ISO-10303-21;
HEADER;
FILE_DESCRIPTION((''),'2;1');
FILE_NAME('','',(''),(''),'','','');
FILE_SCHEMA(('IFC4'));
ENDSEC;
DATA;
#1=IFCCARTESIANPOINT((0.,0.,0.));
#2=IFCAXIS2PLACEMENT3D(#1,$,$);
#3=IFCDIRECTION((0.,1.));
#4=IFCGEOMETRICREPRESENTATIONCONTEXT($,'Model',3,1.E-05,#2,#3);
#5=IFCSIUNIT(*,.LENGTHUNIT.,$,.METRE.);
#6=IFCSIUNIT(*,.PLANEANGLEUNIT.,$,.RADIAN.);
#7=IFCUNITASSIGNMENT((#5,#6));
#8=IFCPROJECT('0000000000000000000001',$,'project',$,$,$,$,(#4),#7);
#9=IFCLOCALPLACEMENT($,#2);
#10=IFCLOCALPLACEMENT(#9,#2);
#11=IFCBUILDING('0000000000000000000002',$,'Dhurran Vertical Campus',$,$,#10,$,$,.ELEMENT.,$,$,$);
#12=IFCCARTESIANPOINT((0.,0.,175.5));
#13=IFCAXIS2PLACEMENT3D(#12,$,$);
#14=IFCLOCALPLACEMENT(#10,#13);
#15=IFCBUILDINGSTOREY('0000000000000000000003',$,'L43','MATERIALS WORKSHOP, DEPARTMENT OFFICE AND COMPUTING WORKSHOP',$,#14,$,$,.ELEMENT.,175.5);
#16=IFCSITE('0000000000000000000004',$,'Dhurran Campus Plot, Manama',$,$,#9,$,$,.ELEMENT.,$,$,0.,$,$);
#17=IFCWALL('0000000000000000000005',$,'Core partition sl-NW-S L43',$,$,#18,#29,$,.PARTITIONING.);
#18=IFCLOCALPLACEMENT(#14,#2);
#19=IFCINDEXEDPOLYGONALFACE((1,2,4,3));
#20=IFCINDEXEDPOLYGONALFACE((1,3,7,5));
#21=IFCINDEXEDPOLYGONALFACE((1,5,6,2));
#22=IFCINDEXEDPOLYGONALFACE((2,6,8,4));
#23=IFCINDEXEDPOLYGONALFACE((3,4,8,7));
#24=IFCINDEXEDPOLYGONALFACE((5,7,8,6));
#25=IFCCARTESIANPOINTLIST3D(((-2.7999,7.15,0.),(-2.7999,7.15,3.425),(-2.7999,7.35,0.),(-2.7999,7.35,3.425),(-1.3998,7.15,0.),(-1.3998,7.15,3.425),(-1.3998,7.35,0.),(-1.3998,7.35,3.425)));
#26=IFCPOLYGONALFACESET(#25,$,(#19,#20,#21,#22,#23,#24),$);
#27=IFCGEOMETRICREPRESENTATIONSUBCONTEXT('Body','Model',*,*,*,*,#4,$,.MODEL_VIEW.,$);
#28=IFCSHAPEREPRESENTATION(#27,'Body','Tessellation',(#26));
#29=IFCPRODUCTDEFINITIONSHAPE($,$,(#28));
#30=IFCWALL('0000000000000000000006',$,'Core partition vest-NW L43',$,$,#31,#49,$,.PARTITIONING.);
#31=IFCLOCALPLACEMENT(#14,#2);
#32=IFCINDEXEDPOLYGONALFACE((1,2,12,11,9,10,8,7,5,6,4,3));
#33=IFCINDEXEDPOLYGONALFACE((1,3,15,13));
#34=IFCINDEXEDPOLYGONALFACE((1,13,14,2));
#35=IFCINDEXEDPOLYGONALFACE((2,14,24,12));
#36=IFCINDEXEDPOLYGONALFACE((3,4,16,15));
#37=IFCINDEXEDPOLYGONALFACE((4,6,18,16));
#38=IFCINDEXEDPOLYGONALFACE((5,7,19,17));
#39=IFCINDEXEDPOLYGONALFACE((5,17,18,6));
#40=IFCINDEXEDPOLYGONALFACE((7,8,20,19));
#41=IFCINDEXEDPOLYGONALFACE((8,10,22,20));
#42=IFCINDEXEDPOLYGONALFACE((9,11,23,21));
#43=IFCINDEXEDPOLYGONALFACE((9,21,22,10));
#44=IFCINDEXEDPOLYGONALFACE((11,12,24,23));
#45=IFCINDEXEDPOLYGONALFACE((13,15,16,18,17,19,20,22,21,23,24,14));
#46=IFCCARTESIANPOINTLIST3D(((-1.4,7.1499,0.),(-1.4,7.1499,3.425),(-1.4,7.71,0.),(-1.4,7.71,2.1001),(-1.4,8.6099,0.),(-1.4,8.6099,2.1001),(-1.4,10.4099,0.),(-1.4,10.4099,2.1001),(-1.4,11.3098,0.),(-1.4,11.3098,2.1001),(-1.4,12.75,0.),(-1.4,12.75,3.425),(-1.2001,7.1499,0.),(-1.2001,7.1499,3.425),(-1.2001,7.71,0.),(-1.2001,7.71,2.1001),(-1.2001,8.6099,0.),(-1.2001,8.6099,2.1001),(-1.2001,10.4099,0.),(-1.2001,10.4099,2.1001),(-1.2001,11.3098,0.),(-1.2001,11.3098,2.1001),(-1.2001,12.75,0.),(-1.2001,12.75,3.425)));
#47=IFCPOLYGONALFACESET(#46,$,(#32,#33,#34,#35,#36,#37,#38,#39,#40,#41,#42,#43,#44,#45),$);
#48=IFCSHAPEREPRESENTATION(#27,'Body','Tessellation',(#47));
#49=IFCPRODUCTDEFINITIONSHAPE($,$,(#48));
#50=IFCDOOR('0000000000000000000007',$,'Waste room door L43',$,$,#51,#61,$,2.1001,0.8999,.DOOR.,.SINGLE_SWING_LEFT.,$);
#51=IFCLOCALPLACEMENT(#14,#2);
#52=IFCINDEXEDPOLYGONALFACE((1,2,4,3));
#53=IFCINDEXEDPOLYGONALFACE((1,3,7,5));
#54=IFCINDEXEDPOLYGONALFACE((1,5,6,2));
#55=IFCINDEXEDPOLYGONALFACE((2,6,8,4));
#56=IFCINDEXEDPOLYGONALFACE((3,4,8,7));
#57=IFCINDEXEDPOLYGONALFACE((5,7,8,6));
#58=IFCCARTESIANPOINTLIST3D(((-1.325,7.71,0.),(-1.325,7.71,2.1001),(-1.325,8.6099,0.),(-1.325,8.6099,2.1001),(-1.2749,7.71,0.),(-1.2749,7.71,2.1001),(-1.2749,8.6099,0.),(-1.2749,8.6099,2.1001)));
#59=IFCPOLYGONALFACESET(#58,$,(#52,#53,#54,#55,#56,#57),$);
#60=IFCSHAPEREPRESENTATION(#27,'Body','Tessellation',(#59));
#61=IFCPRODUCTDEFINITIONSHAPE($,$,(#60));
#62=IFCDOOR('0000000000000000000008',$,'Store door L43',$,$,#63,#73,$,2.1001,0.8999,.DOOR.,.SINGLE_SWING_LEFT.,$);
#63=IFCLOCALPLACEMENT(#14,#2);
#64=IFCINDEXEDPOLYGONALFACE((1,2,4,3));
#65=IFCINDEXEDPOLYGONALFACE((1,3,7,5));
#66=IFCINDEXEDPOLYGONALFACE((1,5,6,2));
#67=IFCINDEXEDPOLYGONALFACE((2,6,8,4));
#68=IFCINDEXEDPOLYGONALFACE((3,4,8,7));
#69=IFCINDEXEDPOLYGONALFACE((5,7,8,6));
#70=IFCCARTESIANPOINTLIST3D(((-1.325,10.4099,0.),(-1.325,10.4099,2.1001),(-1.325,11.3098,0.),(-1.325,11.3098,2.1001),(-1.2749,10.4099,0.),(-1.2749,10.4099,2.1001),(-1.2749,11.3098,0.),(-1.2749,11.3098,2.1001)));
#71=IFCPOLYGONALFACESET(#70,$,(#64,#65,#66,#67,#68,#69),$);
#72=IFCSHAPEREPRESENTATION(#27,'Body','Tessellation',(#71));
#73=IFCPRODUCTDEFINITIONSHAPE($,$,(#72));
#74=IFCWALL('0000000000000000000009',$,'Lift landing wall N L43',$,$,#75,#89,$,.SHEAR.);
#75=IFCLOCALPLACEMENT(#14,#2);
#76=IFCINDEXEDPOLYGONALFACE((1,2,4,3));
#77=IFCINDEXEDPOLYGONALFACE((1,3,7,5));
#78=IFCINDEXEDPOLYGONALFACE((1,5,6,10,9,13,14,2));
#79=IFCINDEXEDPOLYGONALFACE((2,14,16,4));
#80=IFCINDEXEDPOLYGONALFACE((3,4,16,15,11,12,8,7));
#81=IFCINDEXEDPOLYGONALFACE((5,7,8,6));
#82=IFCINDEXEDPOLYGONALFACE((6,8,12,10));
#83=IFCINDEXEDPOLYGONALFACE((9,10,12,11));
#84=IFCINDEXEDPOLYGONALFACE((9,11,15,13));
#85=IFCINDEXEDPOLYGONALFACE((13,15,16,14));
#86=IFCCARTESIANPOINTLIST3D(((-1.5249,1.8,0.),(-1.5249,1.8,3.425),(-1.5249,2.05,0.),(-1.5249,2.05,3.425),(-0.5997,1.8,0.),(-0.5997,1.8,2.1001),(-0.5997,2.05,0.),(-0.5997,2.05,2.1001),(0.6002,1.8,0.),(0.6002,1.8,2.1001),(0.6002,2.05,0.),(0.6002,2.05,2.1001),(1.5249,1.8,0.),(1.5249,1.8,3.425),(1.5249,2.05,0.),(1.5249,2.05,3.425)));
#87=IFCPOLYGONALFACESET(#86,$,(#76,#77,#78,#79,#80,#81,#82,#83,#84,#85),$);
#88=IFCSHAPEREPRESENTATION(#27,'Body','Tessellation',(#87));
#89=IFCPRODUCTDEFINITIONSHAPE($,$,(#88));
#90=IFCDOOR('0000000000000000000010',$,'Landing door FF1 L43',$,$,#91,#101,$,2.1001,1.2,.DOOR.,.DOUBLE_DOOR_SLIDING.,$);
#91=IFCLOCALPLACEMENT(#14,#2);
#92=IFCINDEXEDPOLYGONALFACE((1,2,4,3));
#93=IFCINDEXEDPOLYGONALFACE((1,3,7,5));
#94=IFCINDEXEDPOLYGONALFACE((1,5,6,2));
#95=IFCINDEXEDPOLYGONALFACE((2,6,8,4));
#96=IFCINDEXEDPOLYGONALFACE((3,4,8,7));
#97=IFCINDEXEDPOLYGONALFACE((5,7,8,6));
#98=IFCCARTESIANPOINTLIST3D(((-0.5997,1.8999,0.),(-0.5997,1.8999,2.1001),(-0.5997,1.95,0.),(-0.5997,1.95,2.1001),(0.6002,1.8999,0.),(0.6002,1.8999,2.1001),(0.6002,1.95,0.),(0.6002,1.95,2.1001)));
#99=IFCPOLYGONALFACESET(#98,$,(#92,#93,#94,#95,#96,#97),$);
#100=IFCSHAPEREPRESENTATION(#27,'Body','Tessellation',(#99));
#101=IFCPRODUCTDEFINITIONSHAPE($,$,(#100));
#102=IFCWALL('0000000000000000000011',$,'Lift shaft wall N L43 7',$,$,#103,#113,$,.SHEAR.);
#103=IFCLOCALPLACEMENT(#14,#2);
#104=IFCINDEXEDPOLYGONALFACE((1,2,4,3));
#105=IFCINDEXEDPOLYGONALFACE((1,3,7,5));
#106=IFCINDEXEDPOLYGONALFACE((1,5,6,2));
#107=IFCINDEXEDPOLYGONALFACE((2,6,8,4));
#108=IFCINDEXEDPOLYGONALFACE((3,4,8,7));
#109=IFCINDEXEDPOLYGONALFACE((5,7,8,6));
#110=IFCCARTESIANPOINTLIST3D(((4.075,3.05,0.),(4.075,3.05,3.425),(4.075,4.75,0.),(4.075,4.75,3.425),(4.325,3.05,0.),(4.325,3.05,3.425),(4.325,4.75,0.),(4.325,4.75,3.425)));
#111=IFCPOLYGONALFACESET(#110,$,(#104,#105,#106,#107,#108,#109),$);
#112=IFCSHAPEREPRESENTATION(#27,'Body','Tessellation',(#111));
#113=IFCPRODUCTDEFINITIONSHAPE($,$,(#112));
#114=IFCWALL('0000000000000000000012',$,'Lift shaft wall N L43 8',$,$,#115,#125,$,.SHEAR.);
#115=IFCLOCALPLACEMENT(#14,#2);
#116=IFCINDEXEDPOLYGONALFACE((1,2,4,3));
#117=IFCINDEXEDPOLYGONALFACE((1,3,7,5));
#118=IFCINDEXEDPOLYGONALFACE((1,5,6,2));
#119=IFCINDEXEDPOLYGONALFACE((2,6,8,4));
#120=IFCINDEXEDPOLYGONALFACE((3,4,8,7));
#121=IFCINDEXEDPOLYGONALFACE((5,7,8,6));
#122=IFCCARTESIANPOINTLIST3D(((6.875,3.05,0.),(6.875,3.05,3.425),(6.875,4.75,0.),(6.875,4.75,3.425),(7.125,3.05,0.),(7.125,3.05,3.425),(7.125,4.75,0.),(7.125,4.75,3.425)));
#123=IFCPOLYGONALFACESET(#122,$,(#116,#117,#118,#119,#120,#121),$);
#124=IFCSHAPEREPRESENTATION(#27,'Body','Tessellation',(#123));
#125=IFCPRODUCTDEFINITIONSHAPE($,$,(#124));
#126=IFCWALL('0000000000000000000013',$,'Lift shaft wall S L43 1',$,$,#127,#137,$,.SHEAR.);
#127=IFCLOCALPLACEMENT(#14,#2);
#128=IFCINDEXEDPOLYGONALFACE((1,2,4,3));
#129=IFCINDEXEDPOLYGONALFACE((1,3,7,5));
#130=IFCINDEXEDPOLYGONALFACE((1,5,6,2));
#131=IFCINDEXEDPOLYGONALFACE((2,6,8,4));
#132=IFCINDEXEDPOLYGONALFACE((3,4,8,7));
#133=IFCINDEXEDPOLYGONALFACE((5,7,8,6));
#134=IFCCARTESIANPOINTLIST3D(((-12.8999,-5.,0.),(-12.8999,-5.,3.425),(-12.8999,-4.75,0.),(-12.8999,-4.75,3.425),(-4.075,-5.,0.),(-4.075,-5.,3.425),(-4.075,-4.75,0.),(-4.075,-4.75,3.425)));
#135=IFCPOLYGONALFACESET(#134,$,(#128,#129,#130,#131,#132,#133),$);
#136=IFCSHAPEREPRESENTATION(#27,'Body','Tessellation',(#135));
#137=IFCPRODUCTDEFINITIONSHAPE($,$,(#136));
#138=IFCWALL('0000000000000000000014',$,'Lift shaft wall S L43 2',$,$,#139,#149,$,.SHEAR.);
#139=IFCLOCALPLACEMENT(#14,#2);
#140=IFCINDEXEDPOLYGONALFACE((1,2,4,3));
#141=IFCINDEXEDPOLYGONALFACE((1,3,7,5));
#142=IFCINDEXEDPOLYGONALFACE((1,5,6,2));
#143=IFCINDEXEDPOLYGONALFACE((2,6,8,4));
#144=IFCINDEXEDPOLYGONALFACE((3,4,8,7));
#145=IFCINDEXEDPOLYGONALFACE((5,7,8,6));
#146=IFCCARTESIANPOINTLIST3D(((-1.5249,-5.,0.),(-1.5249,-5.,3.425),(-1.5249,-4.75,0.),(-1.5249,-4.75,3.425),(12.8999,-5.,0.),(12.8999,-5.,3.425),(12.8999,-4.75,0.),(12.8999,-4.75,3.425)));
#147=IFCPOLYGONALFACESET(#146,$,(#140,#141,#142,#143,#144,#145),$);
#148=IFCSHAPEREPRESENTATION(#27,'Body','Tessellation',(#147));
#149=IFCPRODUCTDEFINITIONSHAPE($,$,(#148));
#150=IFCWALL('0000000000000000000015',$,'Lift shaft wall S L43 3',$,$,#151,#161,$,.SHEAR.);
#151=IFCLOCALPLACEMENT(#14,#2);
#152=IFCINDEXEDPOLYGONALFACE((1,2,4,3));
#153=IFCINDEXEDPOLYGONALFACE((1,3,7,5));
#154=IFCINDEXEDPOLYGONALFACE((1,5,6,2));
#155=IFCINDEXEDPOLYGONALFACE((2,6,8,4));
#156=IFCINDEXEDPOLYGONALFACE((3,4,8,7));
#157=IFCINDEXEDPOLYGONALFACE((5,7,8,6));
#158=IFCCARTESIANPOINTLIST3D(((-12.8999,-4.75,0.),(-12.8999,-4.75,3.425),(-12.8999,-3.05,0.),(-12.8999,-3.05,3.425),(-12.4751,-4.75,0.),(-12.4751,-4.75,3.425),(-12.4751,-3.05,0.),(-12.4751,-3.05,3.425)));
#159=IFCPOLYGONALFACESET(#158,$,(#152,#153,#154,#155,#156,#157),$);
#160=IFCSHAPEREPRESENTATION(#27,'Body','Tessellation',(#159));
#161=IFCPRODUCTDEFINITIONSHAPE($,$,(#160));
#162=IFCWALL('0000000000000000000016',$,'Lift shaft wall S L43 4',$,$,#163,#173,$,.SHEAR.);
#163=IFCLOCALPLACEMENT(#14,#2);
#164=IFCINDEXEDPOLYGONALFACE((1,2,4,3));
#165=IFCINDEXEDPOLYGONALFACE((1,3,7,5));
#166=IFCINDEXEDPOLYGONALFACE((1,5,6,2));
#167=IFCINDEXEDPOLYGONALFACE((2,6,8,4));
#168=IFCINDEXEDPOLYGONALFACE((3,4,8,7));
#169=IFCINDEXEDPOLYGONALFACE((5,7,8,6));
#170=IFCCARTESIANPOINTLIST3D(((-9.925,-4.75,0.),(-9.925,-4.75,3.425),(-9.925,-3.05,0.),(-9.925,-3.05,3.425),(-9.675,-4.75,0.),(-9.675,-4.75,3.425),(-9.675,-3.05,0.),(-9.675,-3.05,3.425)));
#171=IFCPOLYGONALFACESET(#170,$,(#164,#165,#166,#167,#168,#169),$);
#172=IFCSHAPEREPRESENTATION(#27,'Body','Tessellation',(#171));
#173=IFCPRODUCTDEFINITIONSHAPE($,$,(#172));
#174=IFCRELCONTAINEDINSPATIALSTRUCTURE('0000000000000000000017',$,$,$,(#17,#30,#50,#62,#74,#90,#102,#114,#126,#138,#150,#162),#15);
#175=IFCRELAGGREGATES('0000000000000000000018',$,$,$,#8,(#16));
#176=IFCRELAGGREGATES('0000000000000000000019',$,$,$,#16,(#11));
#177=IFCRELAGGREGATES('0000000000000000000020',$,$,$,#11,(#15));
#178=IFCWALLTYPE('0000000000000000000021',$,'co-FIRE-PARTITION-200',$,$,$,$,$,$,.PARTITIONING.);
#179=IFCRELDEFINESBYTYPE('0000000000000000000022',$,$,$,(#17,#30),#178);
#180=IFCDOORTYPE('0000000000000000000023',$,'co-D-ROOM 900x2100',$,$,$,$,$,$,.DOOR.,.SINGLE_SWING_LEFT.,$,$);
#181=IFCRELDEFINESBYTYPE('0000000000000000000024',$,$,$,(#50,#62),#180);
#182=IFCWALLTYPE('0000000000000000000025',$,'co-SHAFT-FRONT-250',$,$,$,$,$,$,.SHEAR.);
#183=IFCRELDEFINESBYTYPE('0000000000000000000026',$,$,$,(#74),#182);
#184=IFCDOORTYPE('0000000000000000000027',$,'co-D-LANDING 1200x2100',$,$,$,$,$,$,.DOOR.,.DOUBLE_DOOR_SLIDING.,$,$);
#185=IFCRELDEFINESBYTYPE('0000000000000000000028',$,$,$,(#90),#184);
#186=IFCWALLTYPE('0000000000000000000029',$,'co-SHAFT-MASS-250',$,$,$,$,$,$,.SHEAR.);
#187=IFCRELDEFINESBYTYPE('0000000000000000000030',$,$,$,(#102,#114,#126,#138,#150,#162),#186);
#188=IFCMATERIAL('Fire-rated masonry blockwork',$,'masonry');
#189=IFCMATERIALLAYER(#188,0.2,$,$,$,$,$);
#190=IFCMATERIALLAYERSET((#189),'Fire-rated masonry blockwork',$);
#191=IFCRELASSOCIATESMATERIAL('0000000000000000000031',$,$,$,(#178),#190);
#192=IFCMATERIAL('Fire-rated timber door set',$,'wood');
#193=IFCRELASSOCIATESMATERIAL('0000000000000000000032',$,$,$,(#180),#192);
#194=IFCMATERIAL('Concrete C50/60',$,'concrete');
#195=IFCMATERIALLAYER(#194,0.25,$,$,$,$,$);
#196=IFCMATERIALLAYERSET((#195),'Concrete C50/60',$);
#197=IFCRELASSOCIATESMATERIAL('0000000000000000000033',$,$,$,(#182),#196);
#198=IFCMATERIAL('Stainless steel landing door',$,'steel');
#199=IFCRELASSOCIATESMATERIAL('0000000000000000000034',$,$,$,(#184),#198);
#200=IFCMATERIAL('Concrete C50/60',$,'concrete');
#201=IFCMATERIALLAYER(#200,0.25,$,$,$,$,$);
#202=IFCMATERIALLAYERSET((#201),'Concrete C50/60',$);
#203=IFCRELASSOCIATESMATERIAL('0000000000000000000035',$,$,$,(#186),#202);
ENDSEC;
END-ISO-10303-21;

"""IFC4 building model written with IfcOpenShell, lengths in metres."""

from ifc_helpers import new_model, si_unit, direction, frame, frame_2d, origin, place, context, subcontext, project, spatial, polyline, rectangle, outline, extrude, material, layer, layer_set, type_object, element, fill, save


model = new_model("IFC4")

# Units and contexts
model_context = context("Model", 3, precision=1e-05, world=origin(), true_north=direction((0.0, 1.0)))
body_context = subcontext(model_context, "Body", "Model", "MODEL_VIEW")
ifc_project = project(units=[si_unit("LENGTHUNIT", "METRE"), si_unit("PLANEANGLEUNIT", "RADIAN")], contexts=[model_context])

# Site, building, storey
site_placement = place(None, origin())
site = spatial("IfcSite", under=ifc_project, at=site_placement, Name="Dhurran Campus Plot, Manama", CompositionType="ELEMENT", RefElevation=0.0)
building_placement = place(site_placement, origin())
building = spatial("IfcBuilding", under=site, at=building_placement, Name="Dhurran Vertical Campus", CompositionType="ELEMENT")
storey_placement = place(building_placement, frame((0.0, 0.0, 175.5)))
storey = spatial("IfcBuildingStorey", under=building, at=storey_placement, Name="L43", Description="MATERIALS WORKSHOP, DEPARTMENT OFFICE AND COMPUTING WORKSHOP", CompositionType="ELEMENT", Elevation=175.5)

# Wall
ifc_material_1 = material(Name="Fire-rated masonry blockwork", Category="masonry")
ifc_layer_1 = layer(ifc_material_1, 0.2)
ifc_layer_set_1 = layer_set([ifc_layer_1], Name="Fire-rated masonry blockwork")
wall_type_1 = type_object("IfcWallType", Name="co-FIRE-PARTITION-200", PredefinedType="PARTITIONING", material=ifc_layer_set_1)
wall_1_placement = place(storey_placement, frame((-2.8, 7.25, 0.0), z_axis=(0.0, 0.0, 1.0), x_axis=(1.0, 0.0, 0.0)))
element("IfcWall", 1, at=wall_1_placement, inside=storey, type_object=wall_type_1, Name="Core partition sl-NW-S L43", PredefinedType="PARTITIONING", context=body_context, shape_type="SweptSolid", body=[
    extrude(rectangle(XDim=1.4001, YDim=0.2, at=frame_2d((0.7002, 0.0))), origin(), (0.0, 0.0, 1.0), 3.425),
])

# Wall, openings, doors
wall_2_placement = place(storey_placement, frame((-1.3, 7.1499, 0.0), z_axis=(0.0, 0.0, 1.0), x_axis=(0.0, 1.0, 0.0)))
wall_2 = element("IfcWall", 2, at=wall_2_placement, inside=storey, type_object=wall_type_1, Name="Core partition vest-NW L43", PredefinedType="PARTITIONING", context=body_context, shape_type="SweptSolid", body=[
    extrude(rectangle(XDim=5.6001, YDim=0.2, at=frame_2d((2.8, 0.0))), origin(), (0.0, 0.0, 1.0), 3.425),
])
opening_1_placement = place(wall_2_placement, frame((0.5601, 0.0, 0.0)))
opening_1 = element("IfcOpeningElement", 3, at=opening_1_placement, cuts=wall_2, PredefinedType="OPENING", context=body_context, shape_type="SweptSolid", body=[
    extrude(rectangle(XDim=0.8999, YDim=2.1001, at=frame_2d((0.45, 1.05))), frame((0.0, 0.1099, 0.0), z_axis=(0.0, -1.0, 0.0), x_axis=(1.0, 0.0, 0.0)), (0.0, 0.0, 1.0), 0.22),
])
opening_2_placement = place(wall_2_placement, frame((3.26, 0.0, 0.0)))
opening_2 = element("IfcOpeningElement", 4, at=opening_2_placement, cuts=wall_2, PredefinedType="OPENING", context=body_context, shape_type="SweptSolid", body=[
    extrude(rectangle(XDim=0.8999, YDim=2.1001, at=frame_2d((0.45, 1.05))), frame((0.0, 0.1099, 0.0), z_axis=(0.0, -1.0, 0.0), x_axis=(1.0, 0.0, 0.0)), (0.0, 0.0, 1.0), 0.22),
])
ifc_material_2 = material(Name="Fire-rated timber door set", Category="wood")
door_type_1 = type_object("IfcDoorType", Name="co-D-ROOM 900x2100", OperationType="SINGLE_SWING_LEFT", PredefinedType="DOOR", material=ifc_material_2)
door_1_placement = place(opening_1_placement, origin())
door_1 = element("IfcDoor", 5, at=door_1_placement, inside=storey, type_object=door_type_1, Name="Waste room door L43", OperationType="SINGLE_SWING_LEFT", OverallHeight=2.1001, OverallWidth=0.8999, PredefinedType="DOOR", context=body_context, shape_type="SweptSolid", body=[
    extrude(rectangle(XDim=0.8999, YDim=2.1001, at=frame_2d((0.45, 1.05))), frame((0.0, 0.0249, 0.0), z_axis=(0.0, -1.0, 0.0), x_axis=(1.0, 0.0, 0.0)), (0.0, 0.0, 1.0), 0.05),
])
fill(opening_1, door_1)
door_2_placement = place(opening_2_placement, origin())
door_2 = element("IfcDoor", 6, at=door_2_placement, inside=storey, type_object=door_type_1, Name="Store door L43", OperationType="SINGLE_SWING_LEFT", OverallHeight=2.1001, OverallWidth=0.8999, PredefinedType="DOOR", context=body_context, shape_type="SweptSolid", body=[
    extrude(rectangle(XDim=0.8999, YDim=2.1001, at=frame_2d((0.45, 1.05))), frame((0.0, 0.0249, 0.0), z_axis=(0.0, -1.0, 0.0), x_axis=(1.0, 0.0, 0.0)), (0.0, 0.0, 1.0), 0.05),
])
fill(opening_2, door_2)

# Wall, opening, door
ifc_material_3 = material(Name="Concrete C50/60", Category="concrete")
ifc_layer_2 = layer(ifc_material_3, 0.25)
ifc_layer_set_2 = layer_set([ifc_layer_2], Name="Concrete C50/60")
wall_type_2 = type_object("IfcWallType", Name="co-SHAFT-FRONT-250", PredefinedType="SHEAR", material=ifc_layer_set_2)
wall_3_placement = place(storey_placement, frame((-1.5249, 1.925, 0.0), z_axis=(0.0, 0.0, 1.0), x_axis=(1.0, 0.0, 0.0)))
wall_3 = element("IfcWall", 7, at=wall_3_placement, inside=storey, type_object=wall_type_2, Name="Lift landing wall N L43", PredefinedType="SHEAR", context=body_context, shape_type="SweptSolid", body=[
    extrude(rectangle(XDim=3.0498, YDim=0.25, at=frame_2d((1.5249, 0.0))), origin(), (0.0, 0.0, 1.0), 3.425),
])
opening_3_placement = place(wall_3_placement, frame((0.925, 0.0, 0.0)))
opening_3 = element("IfcOpeningElement", 8, at=opening_3_placement, cuts=wall_3, PredefinedType="OPENING", context=body_context, shape_type="SweptSolid", body=[
    extrude(rectangle(XDim=1.2, YDim=2.1001, at=frame_2d((0.6001, 1.05))), frame((0.0, 0.135, 0.0), z_axis=(0.0, -1.0, 0.0), x_axis=(1.0, 0.0, 0.0)), (0.0, 0.0, 1.0), 0.27),
])
ifc_material_4 = material(Name="Stainless steel landing door", Category="steel")
door_type_2 = type_object("IfcDoorType", Name="co-D-LANDING 1200x2100", OperationType="DOUBLE_DOOR_SLIDING", PredefinedType="DOOR", material=ifc_material_4)
door_3_placement = place(opening_3_placement, origin())
door_3 = element("IfcDoor", 9, at=door_3_placement, inside=storey, type_object=door_type_2, Name="Landing door FF1 L43", OperationType="DOUBLE_DOOR_SLIDING", OverallHeight=2.1001, OverallWidth=1.2, PredefinedType="DOOR", context=body_context, shape_type="SweptSolid", body=[
    extrude(rectangle(XDim=1.2, YDim=2.1001, at=frame_2d((0.6001, 1.05))), frame((0.0, 0.0249, 0.0), z_axis=(0.0, -1.0, 0.0), x_axis=(1.0, 0.0, 0.0)), (0.0, 0.0, 1.0), 0.05),
])
fill(opening_3, door_3)

# Walls
ifc_material_5 = material(Name="Concrete C50/60", Category="concrete")
ifc_layer_3 = layer(ifc_material_5, 0.25)
ifc_layer_set_3 = layer_set([ifc_layer_3], Name="Concrete C50/60")
wall_type_3 = type_object("IfcWallType", Name="co-SHAFT-MASS-250", PredefinedType="SHEAR", material=ifc_layer_set_3)
wall_4_placement = place(storey_placement, origin())
element("IfcWall", 10, at=wall_4_placement, inside=storey, type_object=wall_type_3, Name="Lift shaft wall N L43 7", PredefinedType="SHEAR", context=body_context, shape_type="SweptSolid", body=[
    extrude(outline(polyline([(4.075, 3.05), (4.325, 3.05), (4.325, 4.75), (4.075, 4.75), (4.075, 3.05)])), origin(), (0.0, 0.0, 1.0), 3.425),
])
wall_5_placement = place(storey_placement, origin())
element("IfcWall", 11, at=wall_5_placement, inside=storey, type_object=wall_type_3, Name="Lift shaft wall N L43 8", PredefinedType="SHEAR", context=body_context, shape_type="SweptSolid", body=[
    extrude(outline(polyline([(6.875, 3.05), (7.125, 3.05), (7.125, 4.75), (6.875, 4.75), (6.875, 3.05)])), origin(), (0.0, 0.0, 1.0), 3.425),
])
wall_6_placement = place(storey_placement, origin())
element("IfcWall", 12, at=wall_6_placement, inside=storey, type_object=wall_type_3, Name="Lift shaft wall S L43 1", PredefinedType="SHEAR", context=body_context, shape_type="SweptSolid", body=[
    extrude(outline(polyline([(-12.8999, -5.0), (-4.075, -5.0), (-4.075, -4.75), (-12.8999, -4.75), (-12.8999, -5.0)])), origin(), (0.0, 0.0, 1.0), 3.425),
])
wall_7_placement = place(storey_placement, origin())
element("IfcWall", 13, at=wall_7_placement, inside=storey, type_object=wall_type_3, Name="Lift shaft wall S L43 2", PredefinedType="SHEAR", context=body_context, shape_type="SweptSolid", body=[
    extrude(outline(polyline([(-1.5249, -5.0), (12.8999, -5.0), (12.8999, -4.75), (-1.5249, -4.75), (-1.5249, -5.0)])), origin(), (0.0, 0.0, 1.0), 3.425),
])
wall_8_placement = place(storey_placement, origin())
element("IfcWall", 14, at=wall_8_placement, inside=storey, type_object=wall_type_3, Name="Lift shaft wall S L43 3", PredefinedType="SHEAR", context=body_context, shape_type="SweptSolid", body=[
    extrude(outline(polyline([(-12.8999, -4.75), (-12.4751, -4.75), (-12.4751, -3.05), (-12.8999, -3.05), (-12.8999, -4.75)])), origin(), (0.0, 0.0, 1.0), 3.425),
])
wall_9_placement = place(storey_placement, origin())
element("IfcWall", 15, at=wall_9_placement, inside=storey, type_object=wall_type_3, Name="Lift shaft wall S L43 4", PredefinedType="SHEAR", context=body_context, shape_type="SweptSolid", body=[
    extrude(outline(polyline([(-9.925, -4.75), (-9.675, -4.75), (-9.675, -3.05), (-9.925, -3.05), (-9.925, -4.75)])), origin(), (0.0, 0.0, 1.0), 3.425),
])

save(model, "model.ifc")
